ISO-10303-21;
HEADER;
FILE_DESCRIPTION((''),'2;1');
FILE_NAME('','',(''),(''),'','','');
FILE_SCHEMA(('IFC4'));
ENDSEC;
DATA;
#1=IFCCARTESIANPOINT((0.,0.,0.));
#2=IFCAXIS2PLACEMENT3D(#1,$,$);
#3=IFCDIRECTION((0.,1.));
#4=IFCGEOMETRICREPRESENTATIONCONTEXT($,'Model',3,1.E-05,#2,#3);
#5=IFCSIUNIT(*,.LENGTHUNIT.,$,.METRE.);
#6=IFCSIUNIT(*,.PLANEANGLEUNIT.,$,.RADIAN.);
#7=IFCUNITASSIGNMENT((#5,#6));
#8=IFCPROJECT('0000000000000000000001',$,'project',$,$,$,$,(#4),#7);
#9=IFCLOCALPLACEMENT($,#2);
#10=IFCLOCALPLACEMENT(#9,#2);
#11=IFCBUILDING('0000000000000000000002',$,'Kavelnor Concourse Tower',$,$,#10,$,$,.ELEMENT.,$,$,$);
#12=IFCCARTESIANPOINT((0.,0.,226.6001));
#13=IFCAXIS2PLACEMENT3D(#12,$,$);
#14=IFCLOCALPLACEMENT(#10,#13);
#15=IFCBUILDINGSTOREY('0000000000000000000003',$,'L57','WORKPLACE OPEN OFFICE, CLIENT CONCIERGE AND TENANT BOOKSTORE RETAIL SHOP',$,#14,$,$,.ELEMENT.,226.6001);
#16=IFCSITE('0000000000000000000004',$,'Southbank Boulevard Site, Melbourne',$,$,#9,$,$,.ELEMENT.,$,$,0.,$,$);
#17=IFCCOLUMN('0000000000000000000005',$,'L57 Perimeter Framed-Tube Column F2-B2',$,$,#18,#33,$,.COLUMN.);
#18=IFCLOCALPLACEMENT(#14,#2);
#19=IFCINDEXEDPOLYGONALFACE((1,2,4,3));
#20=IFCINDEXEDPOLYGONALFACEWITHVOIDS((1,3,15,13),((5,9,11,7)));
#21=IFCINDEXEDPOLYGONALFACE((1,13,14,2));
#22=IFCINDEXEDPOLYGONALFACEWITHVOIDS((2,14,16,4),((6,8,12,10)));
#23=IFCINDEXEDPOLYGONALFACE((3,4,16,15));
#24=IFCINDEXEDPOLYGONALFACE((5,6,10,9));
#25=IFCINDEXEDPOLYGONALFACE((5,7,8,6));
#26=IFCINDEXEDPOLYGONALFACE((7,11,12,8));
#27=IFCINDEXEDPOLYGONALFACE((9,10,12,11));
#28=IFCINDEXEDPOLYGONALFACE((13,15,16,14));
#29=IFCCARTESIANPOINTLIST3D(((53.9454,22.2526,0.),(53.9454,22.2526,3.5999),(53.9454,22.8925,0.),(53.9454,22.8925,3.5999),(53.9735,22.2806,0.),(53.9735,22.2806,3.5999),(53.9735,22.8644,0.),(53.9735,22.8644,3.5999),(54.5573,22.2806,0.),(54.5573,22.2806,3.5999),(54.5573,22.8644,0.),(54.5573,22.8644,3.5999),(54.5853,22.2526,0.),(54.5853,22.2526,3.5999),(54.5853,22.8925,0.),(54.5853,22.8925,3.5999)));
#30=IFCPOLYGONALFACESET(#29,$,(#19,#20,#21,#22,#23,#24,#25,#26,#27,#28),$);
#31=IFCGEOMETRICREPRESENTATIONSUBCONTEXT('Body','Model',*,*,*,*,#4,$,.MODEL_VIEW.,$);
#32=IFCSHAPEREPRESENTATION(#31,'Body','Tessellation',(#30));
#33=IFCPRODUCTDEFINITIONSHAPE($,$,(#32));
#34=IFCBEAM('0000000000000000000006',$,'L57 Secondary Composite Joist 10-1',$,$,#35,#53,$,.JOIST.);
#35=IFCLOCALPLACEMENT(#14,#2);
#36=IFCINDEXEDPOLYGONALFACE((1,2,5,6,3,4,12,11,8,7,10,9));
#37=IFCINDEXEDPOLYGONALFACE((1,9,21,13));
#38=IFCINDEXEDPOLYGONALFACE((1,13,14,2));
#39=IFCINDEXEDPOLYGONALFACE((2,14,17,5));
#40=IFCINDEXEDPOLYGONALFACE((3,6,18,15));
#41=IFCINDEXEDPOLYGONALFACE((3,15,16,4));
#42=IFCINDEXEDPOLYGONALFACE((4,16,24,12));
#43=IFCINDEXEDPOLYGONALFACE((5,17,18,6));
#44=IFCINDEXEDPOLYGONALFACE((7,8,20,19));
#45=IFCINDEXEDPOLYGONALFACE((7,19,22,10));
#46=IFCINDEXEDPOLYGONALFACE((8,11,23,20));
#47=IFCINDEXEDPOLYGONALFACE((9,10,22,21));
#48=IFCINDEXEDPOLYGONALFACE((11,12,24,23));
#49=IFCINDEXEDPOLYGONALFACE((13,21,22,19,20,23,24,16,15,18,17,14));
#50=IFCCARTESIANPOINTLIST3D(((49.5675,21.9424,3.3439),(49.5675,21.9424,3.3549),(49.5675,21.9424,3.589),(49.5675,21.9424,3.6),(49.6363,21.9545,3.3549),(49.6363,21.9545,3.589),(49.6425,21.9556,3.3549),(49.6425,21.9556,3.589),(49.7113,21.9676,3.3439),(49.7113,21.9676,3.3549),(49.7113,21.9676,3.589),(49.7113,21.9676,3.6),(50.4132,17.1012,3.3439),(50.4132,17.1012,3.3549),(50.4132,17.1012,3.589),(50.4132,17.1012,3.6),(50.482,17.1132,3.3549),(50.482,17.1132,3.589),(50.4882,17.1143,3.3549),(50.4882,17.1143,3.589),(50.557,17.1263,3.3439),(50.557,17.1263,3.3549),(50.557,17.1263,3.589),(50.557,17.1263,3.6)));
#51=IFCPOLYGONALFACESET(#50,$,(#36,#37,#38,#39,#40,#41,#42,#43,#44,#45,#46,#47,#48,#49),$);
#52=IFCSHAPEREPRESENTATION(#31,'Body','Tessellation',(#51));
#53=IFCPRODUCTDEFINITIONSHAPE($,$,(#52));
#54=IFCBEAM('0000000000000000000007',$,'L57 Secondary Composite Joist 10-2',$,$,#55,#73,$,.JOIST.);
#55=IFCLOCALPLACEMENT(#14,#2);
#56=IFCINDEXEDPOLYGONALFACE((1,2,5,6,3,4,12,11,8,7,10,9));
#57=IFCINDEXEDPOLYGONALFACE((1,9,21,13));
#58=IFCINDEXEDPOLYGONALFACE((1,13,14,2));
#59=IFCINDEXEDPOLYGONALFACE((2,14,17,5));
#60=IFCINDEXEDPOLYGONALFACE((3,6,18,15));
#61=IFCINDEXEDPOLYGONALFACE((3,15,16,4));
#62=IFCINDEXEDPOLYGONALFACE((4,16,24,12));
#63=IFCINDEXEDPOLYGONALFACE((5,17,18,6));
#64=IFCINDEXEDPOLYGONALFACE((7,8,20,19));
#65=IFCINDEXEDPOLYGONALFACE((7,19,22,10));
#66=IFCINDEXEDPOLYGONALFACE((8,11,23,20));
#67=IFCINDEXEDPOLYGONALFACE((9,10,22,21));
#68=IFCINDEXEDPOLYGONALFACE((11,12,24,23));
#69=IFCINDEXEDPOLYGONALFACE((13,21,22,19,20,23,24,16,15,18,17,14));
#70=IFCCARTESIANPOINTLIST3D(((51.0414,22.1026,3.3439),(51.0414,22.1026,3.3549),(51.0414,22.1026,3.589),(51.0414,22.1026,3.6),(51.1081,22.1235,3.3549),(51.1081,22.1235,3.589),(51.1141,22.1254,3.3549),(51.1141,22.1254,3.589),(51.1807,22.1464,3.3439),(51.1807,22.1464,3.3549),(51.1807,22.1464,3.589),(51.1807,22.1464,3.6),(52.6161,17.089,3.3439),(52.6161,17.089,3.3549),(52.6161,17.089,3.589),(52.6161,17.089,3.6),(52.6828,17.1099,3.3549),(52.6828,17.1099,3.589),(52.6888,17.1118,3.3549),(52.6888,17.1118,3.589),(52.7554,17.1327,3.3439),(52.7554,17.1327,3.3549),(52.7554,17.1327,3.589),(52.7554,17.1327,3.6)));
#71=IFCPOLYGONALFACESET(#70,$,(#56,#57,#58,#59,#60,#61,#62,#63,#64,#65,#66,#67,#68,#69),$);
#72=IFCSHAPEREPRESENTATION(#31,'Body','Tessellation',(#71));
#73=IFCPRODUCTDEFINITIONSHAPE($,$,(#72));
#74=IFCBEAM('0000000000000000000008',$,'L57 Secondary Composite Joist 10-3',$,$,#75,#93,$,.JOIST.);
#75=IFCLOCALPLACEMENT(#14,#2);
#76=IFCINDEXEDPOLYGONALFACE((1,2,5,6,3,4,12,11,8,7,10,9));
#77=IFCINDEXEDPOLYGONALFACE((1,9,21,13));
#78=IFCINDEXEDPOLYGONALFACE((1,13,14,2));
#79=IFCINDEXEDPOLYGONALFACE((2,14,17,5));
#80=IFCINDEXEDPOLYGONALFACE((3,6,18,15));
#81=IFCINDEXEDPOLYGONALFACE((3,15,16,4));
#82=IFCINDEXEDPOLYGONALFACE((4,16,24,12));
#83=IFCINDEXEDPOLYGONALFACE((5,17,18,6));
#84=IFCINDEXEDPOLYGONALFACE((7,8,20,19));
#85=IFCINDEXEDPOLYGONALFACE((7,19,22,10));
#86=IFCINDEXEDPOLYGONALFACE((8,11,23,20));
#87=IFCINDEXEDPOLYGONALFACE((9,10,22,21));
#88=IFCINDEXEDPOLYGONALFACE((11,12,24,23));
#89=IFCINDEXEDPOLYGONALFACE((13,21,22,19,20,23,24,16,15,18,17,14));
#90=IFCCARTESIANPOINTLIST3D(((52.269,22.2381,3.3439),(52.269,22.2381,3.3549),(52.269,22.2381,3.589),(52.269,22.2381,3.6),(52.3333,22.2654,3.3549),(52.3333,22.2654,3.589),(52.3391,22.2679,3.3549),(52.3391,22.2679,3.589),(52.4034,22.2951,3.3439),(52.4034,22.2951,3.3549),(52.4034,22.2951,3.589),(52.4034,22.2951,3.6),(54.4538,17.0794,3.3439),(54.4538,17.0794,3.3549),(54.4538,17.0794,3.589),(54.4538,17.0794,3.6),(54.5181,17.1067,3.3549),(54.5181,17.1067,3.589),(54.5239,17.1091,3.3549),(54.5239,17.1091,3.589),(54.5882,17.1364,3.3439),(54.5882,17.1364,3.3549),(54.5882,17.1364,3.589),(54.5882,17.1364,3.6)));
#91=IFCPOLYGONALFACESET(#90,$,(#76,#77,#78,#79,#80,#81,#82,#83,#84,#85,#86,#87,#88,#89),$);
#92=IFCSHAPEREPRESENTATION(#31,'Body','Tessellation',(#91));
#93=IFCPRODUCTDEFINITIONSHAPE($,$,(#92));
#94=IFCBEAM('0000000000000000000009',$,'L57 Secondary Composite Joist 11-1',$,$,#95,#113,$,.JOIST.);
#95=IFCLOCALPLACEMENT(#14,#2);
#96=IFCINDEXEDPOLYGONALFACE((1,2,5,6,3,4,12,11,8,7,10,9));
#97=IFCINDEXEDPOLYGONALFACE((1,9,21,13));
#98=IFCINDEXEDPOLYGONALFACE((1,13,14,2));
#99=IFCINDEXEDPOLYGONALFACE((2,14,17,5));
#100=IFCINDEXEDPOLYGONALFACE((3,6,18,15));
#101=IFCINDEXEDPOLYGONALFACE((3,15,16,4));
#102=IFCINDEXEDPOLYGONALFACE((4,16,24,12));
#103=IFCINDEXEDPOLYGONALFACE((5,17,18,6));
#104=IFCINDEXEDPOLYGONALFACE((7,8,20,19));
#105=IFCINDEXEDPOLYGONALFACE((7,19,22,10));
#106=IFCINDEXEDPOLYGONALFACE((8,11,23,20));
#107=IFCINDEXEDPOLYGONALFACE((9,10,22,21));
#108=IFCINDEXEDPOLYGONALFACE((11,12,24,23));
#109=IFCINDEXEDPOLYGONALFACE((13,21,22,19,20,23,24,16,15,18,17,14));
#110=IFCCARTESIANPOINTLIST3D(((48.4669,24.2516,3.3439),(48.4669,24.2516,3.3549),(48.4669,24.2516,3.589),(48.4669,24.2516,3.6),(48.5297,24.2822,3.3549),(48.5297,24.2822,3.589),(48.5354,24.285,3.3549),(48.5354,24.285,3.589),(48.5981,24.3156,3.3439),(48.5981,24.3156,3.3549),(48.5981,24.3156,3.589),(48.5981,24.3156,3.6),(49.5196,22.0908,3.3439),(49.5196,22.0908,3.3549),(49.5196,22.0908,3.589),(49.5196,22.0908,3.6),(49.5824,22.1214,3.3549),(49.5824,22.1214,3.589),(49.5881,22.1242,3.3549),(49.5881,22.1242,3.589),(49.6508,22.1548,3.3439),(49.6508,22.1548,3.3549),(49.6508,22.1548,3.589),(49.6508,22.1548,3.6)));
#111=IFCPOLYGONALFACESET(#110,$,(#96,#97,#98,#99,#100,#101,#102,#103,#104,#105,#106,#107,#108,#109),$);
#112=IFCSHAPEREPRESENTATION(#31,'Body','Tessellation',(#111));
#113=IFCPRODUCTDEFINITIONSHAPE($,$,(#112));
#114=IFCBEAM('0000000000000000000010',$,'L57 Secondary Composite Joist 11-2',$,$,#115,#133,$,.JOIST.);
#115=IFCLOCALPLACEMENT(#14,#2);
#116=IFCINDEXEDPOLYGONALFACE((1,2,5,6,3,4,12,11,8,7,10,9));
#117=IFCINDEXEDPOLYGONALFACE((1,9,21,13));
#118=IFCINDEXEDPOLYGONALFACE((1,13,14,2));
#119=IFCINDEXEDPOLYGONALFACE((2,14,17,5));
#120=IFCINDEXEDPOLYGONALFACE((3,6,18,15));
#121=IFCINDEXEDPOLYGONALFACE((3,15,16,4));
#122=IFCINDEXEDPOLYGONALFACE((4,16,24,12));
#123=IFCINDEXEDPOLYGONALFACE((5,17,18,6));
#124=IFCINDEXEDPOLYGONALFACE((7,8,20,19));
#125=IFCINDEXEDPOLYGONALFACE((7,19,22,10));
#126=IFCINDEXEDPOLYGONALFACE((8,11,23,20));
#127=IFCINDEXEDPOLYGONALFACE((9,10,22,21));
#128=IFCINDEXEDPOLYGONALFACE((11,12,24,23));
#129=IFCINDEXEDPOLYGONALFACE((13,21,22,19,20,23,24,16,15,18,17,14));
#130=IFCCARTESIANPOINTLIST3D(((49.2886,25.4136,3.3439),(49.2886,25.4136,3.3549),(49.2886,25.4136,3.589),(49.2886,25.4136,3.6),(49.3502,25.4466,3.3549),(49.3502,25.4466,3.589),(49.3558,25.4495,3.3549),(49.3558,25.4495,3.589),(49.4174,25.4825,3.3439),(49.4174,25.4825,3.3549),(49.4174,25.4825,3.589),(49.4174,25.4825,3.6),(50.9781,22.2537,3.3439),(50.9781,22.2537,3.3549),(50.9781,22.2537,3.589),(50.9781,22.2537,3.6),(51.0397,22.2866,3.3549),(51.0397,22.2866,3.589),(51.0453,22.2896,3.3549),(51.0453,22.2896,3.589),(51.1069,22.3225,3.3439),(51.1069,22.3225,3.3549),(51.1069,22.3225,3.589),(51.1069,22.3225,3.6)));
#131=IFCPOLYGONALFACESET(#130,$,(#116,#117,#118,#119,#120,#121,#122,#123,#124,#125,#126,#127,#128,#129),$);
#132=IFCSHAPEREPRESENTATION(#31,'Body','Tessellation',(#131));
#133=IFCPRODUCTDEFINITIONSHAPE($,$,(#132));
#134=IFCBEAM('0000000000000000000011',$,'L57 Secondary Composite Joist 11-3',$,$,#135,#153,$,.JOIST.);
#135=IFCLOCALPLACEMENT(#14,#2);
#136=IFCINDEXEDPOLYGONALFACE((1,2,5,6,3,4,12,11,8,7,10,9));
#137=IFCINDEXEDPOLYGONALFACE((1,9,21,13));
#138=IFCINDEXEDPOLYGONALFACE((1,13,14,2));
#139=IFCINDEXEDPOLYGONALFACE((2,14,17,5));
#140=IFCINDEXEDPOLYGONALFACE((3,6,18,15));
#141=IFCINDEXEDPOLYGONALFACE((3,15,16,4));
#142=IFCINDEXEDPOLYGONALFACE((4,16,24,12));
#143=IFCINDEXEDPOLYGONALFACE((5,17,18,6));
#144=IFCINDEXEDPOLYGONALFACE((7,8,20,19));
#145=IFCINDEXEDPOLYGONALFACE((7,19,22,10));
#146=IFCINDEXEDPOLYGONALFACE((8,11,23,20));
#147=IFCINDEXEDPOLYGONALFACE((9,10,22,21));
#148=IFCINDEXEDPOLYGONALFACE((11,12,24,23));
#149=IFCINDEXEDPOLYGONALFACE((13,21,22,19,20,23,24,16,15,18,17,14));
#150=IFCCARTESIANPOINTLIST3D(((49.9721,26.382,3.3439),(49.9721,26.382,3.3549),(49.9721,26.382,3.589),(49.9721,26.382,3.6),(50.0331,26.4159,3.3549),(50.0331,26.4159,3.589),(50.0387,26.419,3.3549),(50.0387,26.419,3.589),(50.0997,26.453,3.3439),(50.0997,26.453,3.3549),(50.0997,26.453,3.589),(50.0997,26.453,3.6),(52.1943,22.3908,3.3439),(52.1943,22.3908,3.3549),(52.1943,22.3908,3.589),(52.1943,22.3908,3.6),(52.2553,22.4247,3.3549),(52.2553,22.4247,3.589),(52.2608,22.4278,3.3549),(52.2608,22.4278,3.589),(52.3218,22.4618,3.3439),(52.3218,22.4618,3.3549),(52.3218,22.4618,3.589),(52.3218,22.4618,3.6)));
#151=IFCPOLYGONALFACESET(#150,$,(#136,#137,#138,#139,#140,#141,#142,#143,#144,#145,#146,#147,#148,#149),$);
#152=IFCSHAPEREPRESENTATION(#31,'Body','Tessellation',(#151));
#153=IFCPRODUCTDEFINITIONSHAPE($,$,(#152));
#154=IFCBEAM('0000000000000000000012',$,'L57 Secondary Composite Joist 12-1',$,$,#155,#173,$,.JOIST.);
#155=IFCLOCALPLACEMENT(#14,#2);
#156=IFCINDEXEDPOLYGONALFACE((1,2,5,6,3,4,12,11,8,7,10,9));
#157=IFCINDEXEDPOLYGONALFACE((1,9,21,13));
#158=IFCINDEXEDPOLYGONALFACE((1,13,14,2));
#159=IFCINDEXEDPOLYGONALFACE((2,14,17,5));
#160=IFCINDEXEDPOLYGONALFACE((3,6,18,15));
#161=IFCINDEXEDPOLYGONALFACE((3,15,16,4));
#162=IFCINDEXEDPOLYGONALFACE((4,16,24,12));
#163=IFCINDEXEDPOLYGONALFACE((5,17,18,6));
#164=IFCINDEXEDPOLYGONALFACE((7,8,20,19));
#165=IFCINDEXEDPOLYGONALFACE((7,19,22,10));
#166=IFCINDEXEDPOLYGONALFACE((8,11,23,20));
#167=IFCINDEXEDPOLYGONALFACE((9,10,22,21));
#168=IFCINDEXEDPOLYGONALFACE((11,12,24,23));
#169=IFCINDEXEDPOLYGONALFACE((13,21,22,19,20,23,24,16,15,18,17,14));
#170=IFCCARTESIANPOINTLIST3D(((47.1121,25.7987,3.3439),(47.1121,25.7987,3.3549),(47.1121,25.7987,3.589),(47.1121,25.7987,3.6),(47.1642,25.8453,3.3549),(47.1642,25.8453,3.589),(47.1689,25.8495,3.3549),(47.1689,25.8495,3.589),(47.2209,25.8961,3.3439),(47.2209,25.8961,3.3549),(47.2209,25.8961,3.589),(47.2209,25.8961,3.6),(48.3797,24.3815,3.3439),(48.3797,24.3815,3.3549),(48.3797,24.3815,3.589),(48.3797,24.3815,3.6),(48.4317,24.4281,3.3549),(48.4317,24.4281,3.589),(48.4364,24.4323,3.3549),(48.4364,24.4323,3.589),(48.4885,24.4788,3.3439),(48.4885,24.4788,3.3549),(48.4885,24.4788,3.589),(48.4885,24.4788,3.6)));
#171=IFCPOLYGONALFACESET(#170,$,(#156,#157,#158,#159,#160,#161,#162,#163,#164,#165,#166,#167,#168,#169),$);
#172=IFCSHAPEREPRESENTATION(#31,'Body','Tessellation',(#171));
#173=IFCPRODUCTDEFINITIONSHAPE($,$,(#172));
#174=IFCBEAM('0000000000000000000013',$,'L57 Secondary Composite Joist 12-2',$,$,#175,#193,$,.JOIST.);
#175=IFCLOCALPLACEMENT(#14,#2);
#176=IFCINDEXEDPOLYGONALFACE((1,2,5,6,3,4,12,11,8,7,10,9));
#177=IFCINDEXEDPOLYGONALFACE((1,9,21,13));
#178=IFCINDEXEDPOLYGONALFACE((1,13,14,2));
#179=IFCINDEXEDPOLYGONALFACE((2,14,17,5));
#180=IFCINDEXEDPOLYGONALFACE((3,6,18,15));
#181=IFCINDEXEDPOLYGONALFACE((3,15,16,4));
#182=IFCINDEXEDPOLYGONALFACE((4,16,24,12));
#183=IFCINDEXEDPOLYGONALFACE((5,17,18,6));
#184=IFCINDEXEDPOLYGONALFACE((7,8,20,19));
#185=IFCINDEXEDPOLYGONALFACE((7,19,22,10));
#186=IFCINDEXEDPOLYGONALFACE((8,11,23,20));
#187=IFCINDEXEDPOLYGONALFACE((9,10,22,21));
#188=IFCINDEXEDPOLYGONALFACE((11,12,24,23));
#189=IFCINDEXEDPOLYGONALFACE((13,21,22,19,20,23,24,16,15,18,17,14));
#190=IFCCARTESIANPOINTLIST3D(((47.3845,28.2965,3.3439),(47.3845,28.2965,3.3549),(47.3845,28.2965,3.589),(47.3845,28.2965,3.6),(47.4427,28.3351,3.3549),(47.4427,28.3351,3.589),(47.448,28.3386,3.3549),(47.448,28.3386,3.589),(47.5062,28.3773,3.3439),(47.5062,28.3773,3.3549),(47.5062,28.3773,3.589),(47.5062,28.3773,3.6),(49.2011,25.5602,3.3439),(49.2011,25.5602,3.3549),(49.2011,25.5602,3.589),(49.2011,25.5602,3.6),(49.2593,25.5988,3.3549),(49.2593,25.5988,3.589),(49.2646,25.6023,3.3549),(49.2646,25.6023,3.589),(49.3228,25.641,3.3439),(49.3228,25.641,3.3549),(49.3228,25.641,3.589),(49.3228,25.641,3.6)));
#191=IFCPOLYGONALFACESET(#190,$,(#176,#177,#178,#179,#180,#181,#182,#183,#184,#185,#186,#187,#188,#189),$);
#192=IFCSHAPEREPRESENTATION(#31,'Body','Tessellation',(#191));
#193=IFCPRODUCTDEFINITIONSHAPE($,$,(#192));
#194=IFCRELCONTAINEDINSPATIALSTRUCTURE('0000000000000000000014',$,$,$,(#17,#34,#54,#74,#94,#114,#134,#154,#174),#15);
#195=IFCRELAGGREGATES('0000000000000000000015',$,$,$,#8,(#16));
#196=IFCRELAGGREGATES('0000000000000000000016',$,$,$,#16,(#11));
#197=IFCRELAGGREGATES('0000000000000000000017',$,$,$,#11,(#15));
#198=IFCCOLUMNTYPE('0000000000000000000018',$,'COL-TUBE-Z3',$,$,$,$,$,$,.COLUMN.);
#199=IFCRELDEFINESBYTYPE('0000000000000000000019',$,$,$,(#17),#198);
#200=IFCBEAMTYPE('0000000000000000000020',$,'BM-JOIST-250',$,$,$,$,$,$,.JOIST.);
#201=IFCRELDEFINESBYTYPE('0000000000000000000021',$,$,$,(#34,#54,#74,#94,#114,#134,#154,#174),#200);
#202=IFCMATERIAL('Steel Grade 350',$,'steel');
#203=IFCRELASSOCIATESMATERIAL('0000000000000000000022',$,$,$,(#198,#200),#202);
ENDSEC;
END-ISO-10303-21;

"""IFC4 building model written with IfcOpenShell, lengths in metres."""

from ifc_helpers import new_model, si_unit, direction, frame, origin, origin_2d, place, context, subcontext, project, spatial, hollow_rectangle, i_section, extrude, material, material_profile, profile_set, type_object, element, save


model = new_model("IFC4")

# Units and contexts
model_context = context("Model", 3, precision=1e-05, world=origin(), true_north=direction((0.0, 1.0)))
body_context = subcontext(model_context, "Body", "Model", "MODEL_VIEW")
ifc_project = project(units=[si_unit("LENGTHUNIT", "METRE"), si_unit("PLANEANGLEUNIT", "RADIAN")], contexts=[model_context])

# Site, building, storey
site_placement = place(None, origin())
site = spatial("IfcSite", under=ifc_project, at=site_placement, Name="Southbank Boulevard Site, Melbourne", CompositionType="ELEMENT", RefElevation=0.0)
building_placement = place(site_placement, origin())
building = spatial("IfcBuilding", under=site, at=building_placement, Name="Kavelnor Concourse Tower", CompositionType="ELEMENT")
storey_placement = place(building_placement, frame((0.0, 0.0, 226.6001)))
storey = spatial("IfcBuildingStorey", under=building, at=storey_placement, Name="L57", Description="WORKPLACE OPEN OFFICE, CLIENT CONCIERGE AND TENANT BOOKSTORE RETAIL SHOP", CompositionType="ELEMENT", Elevation=226.6001)

# Column
ifc_material_1 = material(Name="Steel Grade 350", Category="steel")
ifc_material_profile_1 = material_profile(ifc_material_1, hollow_rectangle(XDim=0.6399, YDim=0.6399, WallThickness=0.0281, at=origin_2d()), Name="SHS 640x640x28")
ifc_profile_set_1 = profile_set([ifc_material_profile_1], Name="Steel Grade 350")
column_type = type_object("IfcColumnType", Name="COL-TUBE-Z3", PredefinedType="COLUMN", material=ifc_profile_set_1)
column_placement = place(storey_placement, frame((54.2654, 22.5725, 0.0), z_axis=(0.0, 0.0, 1.0), x_axis=(1.0, 0.0, 0.0)))
element("IfcColumn", 1, at=column_placement, inside=storey, type_object=column_type, Name="L57 Perimeter Framed-Tube Column F2-B2", PredefinedType="COLUMN", context=body_context, shape_type="SweptSolid", body=[
    extrude(hollow_rectangle(XDim=0.6399, YDim=0.6399, WallThickness=0.0281, at=origin_2d()), origin(), (0.0, 0.0, 1.0), 3.5999),
])

# Beams
ifc_material_profile_2 = material_profile(ifc_material_1, i_section(OverallWidth=0.146, OverallDepth=0.2561, WebThickness=0.0063, FlangeThickness=0.011, at=origin_2d()), Name="250UB37")
ifc_profile_set_2 = profile_set([ifc_material_profile_2], Name="Steel Grade 350")
beam_type_1 = type_object("IfcBeamType", Name="BM-JOIST-250", PredefinedType="JOIST", material=ifc_profile_set_2)
beam_1_placement = place(storey_placement, frame((50.4851, 17.1138, 3.4719), z_axis=(-0.172079, 0.985083, 0.0), x_axis=(-0.985083, -0.172079, 0.0)))
element("IfcBeam", 2, at=beam_1_placement, inside=storey, type_object=beam_type_1, Name="L57 Secondary Composite Joist 10-1", PredefinedType="JOIST", context=body_context, shape_type="SweptSolid", body=[
    extrude(i_section(OverallWidth=0.146, OverallDepth=0.2561, WebThickness=0.0063, FlangeThickness=0.011, at=origin_2d()), origin(), (0.0, 0.0, 1.0), 4.9146),
])
beam_2_placement = place(storey_placement, frame((52.6858, 17.1108, 3.4719), z_axis=(-0.29965, 0.954049, 0.0), x_axis=(-0.954049, -0.29965, 0.0)))
element("IfcBeam", 3, at=beam_2_placement, inside=storey, type_object=beam_type_1, Name="L57 Secondary Composite Joist 10-2", PredefinedType="JOIST", context=body_context, shape_type="SweptSolid", body=[
    extrude(i_section(OverallWidth=0.146, OverallDepth=0.2561, WebThickness=0.0063, FlangeThickness=0.011, at=origin_2d()), origin(), (0.0, 0.0, 1.0), 5.2551),
])
beam_3_placement = place(storey_placement, frame((54.521, 17.1079, 3.4719), z_axis=(-0.389987, 0.92082, 0.0), x_axis=(-0.92082, -0.389987, 0.0)))
element("IfcBeam", 4, at=beam_3_placement, inside=storey, type_object=beam_type_1, Name="L57 Secondary Composite Joist 10-3", PredefinedType="JOIST", context=body_context, shape_type="SweptSolid", body=[
    extrude(i_section(OverallWidth=0.146, OverallDepth=0.2561, WebThickness=0.0063, FlangeThickness=0.011, at=origin_2d()), origin(), (0.0, 0.0, 1.0), 5.6023),
])
beam_4_placement = place(storey_placement, frame((49.5852, 22.1228, 3.4719), z_axis=(-0.437967, 0.898991, 0.0), x_axis=(-0.898991, -0.437967, 0.0)))
element("IfcBeam", 5, at=beam_4_placement, inside=storey, type_object=beam_type_1, Name="L57 Secondary Composite Joist 11-1", PredefinedType="JOIST", context=body_context, shape_type="SweptSolid", body=[
    extrude(i_section(OverallWidth=0.146, OverallDepth=0.2561, WebThickness=0.0063, FlangeThickness=0.011, at=origin_2d()), origin(), (0.0, 0.0, 1.0), 2.4036),
])
beam_5_placement = place(storey_placement, frame((51.0425, 22.2881, 3.4719), z_axis=(-0.471493, 0.88187, 0.0), x_axis=(-0.88187, -0.471493, 0.0)))
element("IfcBeam", 6, at=beam_5_placement, inside=storey, type_object=beam_type_1, Name="L57 Secondary Composite Joist 11-2", PredefinedType="JOIST", context=body_context, shape_type="SweptSolid", body=[
    extrude(i_section(OverallWidth=0.146, OverallDepth=0.2561, WebThickness=0.0063, FlangeThickness=0.011, at=origin_2d()), origin(), (0.0, 0.0, 1.0), 3.5833),
])
beam_6_placement = place(storey_placement, frame((52.2581, 22.4263, 3.4719), z_axis=(-0.48645, 0.873708, 0.0), x_axis=(-0.873708, -0.48645, 0.0)))
element("IfcBeam", 7, at=beam_6_placement, inside=storey, type_object=beam_type_1, Name="L57 Secondary Composite Joist 11-3", PredefinedType="JOIST", context=body_context, shape_type="SweptSolid", body=[
    extrude(i_section(OverallWidth=0.146, OverallDepth=0.2561, WebThickness=0.0063, FlangeThickness=0.011, at=origin_2d()), origin(), (0.0, 0.0, 1.0), 4.5681),
])
beam_7_placement = place(storey_placement, frame((48.4341, 24.4302, 3.4719), z_axis=(-0.666656, 0.745366, 0.0), x_axis=(-0.745366, -0.666656, 0.0)))
element("IfcBeam", 8, at=beam_7_placement, inside=storey, type_object=beam_type_1, Name="L57 Secondary Composite Joist 12-1", PredefinedType="JOIST", context=body_context, shape_type="SweptSolid", body=[
    extrude(i_section(OverallWidth=0.146, OverallDepth=0.2561, WebThickness=0.0063, FlangeThickness=0.011, at=origin_2d()), origin(), (0.0, 0.0, 1.0), 1.9014),
])
beam_8_placement = place(storey_placement, frame((49.262, 25.6006, 3.4719), z_axis=(-0.553104, 0.833112, 0.0), x_axis=(-0.833112, -0.553104, 0.0)))
element("IfcBeam", 9, at=beam_8_placement, inside=storey, type_object=beam_type_1, Name="L57 Secondary Composite Joist 12-2", PredefinedType="JOIST", context=body_context, shape_type="SweptSolid", body=[
    extrude(i_section(OverallWidth=0.146, OverallDepth=0.2561, WebThickness=0.0063, FlangeThickness=0.011, at=origin_2d()), origin(), (0.0, 0.0, 1.0), 3.2844),
])

save(model, "model.ifc")
